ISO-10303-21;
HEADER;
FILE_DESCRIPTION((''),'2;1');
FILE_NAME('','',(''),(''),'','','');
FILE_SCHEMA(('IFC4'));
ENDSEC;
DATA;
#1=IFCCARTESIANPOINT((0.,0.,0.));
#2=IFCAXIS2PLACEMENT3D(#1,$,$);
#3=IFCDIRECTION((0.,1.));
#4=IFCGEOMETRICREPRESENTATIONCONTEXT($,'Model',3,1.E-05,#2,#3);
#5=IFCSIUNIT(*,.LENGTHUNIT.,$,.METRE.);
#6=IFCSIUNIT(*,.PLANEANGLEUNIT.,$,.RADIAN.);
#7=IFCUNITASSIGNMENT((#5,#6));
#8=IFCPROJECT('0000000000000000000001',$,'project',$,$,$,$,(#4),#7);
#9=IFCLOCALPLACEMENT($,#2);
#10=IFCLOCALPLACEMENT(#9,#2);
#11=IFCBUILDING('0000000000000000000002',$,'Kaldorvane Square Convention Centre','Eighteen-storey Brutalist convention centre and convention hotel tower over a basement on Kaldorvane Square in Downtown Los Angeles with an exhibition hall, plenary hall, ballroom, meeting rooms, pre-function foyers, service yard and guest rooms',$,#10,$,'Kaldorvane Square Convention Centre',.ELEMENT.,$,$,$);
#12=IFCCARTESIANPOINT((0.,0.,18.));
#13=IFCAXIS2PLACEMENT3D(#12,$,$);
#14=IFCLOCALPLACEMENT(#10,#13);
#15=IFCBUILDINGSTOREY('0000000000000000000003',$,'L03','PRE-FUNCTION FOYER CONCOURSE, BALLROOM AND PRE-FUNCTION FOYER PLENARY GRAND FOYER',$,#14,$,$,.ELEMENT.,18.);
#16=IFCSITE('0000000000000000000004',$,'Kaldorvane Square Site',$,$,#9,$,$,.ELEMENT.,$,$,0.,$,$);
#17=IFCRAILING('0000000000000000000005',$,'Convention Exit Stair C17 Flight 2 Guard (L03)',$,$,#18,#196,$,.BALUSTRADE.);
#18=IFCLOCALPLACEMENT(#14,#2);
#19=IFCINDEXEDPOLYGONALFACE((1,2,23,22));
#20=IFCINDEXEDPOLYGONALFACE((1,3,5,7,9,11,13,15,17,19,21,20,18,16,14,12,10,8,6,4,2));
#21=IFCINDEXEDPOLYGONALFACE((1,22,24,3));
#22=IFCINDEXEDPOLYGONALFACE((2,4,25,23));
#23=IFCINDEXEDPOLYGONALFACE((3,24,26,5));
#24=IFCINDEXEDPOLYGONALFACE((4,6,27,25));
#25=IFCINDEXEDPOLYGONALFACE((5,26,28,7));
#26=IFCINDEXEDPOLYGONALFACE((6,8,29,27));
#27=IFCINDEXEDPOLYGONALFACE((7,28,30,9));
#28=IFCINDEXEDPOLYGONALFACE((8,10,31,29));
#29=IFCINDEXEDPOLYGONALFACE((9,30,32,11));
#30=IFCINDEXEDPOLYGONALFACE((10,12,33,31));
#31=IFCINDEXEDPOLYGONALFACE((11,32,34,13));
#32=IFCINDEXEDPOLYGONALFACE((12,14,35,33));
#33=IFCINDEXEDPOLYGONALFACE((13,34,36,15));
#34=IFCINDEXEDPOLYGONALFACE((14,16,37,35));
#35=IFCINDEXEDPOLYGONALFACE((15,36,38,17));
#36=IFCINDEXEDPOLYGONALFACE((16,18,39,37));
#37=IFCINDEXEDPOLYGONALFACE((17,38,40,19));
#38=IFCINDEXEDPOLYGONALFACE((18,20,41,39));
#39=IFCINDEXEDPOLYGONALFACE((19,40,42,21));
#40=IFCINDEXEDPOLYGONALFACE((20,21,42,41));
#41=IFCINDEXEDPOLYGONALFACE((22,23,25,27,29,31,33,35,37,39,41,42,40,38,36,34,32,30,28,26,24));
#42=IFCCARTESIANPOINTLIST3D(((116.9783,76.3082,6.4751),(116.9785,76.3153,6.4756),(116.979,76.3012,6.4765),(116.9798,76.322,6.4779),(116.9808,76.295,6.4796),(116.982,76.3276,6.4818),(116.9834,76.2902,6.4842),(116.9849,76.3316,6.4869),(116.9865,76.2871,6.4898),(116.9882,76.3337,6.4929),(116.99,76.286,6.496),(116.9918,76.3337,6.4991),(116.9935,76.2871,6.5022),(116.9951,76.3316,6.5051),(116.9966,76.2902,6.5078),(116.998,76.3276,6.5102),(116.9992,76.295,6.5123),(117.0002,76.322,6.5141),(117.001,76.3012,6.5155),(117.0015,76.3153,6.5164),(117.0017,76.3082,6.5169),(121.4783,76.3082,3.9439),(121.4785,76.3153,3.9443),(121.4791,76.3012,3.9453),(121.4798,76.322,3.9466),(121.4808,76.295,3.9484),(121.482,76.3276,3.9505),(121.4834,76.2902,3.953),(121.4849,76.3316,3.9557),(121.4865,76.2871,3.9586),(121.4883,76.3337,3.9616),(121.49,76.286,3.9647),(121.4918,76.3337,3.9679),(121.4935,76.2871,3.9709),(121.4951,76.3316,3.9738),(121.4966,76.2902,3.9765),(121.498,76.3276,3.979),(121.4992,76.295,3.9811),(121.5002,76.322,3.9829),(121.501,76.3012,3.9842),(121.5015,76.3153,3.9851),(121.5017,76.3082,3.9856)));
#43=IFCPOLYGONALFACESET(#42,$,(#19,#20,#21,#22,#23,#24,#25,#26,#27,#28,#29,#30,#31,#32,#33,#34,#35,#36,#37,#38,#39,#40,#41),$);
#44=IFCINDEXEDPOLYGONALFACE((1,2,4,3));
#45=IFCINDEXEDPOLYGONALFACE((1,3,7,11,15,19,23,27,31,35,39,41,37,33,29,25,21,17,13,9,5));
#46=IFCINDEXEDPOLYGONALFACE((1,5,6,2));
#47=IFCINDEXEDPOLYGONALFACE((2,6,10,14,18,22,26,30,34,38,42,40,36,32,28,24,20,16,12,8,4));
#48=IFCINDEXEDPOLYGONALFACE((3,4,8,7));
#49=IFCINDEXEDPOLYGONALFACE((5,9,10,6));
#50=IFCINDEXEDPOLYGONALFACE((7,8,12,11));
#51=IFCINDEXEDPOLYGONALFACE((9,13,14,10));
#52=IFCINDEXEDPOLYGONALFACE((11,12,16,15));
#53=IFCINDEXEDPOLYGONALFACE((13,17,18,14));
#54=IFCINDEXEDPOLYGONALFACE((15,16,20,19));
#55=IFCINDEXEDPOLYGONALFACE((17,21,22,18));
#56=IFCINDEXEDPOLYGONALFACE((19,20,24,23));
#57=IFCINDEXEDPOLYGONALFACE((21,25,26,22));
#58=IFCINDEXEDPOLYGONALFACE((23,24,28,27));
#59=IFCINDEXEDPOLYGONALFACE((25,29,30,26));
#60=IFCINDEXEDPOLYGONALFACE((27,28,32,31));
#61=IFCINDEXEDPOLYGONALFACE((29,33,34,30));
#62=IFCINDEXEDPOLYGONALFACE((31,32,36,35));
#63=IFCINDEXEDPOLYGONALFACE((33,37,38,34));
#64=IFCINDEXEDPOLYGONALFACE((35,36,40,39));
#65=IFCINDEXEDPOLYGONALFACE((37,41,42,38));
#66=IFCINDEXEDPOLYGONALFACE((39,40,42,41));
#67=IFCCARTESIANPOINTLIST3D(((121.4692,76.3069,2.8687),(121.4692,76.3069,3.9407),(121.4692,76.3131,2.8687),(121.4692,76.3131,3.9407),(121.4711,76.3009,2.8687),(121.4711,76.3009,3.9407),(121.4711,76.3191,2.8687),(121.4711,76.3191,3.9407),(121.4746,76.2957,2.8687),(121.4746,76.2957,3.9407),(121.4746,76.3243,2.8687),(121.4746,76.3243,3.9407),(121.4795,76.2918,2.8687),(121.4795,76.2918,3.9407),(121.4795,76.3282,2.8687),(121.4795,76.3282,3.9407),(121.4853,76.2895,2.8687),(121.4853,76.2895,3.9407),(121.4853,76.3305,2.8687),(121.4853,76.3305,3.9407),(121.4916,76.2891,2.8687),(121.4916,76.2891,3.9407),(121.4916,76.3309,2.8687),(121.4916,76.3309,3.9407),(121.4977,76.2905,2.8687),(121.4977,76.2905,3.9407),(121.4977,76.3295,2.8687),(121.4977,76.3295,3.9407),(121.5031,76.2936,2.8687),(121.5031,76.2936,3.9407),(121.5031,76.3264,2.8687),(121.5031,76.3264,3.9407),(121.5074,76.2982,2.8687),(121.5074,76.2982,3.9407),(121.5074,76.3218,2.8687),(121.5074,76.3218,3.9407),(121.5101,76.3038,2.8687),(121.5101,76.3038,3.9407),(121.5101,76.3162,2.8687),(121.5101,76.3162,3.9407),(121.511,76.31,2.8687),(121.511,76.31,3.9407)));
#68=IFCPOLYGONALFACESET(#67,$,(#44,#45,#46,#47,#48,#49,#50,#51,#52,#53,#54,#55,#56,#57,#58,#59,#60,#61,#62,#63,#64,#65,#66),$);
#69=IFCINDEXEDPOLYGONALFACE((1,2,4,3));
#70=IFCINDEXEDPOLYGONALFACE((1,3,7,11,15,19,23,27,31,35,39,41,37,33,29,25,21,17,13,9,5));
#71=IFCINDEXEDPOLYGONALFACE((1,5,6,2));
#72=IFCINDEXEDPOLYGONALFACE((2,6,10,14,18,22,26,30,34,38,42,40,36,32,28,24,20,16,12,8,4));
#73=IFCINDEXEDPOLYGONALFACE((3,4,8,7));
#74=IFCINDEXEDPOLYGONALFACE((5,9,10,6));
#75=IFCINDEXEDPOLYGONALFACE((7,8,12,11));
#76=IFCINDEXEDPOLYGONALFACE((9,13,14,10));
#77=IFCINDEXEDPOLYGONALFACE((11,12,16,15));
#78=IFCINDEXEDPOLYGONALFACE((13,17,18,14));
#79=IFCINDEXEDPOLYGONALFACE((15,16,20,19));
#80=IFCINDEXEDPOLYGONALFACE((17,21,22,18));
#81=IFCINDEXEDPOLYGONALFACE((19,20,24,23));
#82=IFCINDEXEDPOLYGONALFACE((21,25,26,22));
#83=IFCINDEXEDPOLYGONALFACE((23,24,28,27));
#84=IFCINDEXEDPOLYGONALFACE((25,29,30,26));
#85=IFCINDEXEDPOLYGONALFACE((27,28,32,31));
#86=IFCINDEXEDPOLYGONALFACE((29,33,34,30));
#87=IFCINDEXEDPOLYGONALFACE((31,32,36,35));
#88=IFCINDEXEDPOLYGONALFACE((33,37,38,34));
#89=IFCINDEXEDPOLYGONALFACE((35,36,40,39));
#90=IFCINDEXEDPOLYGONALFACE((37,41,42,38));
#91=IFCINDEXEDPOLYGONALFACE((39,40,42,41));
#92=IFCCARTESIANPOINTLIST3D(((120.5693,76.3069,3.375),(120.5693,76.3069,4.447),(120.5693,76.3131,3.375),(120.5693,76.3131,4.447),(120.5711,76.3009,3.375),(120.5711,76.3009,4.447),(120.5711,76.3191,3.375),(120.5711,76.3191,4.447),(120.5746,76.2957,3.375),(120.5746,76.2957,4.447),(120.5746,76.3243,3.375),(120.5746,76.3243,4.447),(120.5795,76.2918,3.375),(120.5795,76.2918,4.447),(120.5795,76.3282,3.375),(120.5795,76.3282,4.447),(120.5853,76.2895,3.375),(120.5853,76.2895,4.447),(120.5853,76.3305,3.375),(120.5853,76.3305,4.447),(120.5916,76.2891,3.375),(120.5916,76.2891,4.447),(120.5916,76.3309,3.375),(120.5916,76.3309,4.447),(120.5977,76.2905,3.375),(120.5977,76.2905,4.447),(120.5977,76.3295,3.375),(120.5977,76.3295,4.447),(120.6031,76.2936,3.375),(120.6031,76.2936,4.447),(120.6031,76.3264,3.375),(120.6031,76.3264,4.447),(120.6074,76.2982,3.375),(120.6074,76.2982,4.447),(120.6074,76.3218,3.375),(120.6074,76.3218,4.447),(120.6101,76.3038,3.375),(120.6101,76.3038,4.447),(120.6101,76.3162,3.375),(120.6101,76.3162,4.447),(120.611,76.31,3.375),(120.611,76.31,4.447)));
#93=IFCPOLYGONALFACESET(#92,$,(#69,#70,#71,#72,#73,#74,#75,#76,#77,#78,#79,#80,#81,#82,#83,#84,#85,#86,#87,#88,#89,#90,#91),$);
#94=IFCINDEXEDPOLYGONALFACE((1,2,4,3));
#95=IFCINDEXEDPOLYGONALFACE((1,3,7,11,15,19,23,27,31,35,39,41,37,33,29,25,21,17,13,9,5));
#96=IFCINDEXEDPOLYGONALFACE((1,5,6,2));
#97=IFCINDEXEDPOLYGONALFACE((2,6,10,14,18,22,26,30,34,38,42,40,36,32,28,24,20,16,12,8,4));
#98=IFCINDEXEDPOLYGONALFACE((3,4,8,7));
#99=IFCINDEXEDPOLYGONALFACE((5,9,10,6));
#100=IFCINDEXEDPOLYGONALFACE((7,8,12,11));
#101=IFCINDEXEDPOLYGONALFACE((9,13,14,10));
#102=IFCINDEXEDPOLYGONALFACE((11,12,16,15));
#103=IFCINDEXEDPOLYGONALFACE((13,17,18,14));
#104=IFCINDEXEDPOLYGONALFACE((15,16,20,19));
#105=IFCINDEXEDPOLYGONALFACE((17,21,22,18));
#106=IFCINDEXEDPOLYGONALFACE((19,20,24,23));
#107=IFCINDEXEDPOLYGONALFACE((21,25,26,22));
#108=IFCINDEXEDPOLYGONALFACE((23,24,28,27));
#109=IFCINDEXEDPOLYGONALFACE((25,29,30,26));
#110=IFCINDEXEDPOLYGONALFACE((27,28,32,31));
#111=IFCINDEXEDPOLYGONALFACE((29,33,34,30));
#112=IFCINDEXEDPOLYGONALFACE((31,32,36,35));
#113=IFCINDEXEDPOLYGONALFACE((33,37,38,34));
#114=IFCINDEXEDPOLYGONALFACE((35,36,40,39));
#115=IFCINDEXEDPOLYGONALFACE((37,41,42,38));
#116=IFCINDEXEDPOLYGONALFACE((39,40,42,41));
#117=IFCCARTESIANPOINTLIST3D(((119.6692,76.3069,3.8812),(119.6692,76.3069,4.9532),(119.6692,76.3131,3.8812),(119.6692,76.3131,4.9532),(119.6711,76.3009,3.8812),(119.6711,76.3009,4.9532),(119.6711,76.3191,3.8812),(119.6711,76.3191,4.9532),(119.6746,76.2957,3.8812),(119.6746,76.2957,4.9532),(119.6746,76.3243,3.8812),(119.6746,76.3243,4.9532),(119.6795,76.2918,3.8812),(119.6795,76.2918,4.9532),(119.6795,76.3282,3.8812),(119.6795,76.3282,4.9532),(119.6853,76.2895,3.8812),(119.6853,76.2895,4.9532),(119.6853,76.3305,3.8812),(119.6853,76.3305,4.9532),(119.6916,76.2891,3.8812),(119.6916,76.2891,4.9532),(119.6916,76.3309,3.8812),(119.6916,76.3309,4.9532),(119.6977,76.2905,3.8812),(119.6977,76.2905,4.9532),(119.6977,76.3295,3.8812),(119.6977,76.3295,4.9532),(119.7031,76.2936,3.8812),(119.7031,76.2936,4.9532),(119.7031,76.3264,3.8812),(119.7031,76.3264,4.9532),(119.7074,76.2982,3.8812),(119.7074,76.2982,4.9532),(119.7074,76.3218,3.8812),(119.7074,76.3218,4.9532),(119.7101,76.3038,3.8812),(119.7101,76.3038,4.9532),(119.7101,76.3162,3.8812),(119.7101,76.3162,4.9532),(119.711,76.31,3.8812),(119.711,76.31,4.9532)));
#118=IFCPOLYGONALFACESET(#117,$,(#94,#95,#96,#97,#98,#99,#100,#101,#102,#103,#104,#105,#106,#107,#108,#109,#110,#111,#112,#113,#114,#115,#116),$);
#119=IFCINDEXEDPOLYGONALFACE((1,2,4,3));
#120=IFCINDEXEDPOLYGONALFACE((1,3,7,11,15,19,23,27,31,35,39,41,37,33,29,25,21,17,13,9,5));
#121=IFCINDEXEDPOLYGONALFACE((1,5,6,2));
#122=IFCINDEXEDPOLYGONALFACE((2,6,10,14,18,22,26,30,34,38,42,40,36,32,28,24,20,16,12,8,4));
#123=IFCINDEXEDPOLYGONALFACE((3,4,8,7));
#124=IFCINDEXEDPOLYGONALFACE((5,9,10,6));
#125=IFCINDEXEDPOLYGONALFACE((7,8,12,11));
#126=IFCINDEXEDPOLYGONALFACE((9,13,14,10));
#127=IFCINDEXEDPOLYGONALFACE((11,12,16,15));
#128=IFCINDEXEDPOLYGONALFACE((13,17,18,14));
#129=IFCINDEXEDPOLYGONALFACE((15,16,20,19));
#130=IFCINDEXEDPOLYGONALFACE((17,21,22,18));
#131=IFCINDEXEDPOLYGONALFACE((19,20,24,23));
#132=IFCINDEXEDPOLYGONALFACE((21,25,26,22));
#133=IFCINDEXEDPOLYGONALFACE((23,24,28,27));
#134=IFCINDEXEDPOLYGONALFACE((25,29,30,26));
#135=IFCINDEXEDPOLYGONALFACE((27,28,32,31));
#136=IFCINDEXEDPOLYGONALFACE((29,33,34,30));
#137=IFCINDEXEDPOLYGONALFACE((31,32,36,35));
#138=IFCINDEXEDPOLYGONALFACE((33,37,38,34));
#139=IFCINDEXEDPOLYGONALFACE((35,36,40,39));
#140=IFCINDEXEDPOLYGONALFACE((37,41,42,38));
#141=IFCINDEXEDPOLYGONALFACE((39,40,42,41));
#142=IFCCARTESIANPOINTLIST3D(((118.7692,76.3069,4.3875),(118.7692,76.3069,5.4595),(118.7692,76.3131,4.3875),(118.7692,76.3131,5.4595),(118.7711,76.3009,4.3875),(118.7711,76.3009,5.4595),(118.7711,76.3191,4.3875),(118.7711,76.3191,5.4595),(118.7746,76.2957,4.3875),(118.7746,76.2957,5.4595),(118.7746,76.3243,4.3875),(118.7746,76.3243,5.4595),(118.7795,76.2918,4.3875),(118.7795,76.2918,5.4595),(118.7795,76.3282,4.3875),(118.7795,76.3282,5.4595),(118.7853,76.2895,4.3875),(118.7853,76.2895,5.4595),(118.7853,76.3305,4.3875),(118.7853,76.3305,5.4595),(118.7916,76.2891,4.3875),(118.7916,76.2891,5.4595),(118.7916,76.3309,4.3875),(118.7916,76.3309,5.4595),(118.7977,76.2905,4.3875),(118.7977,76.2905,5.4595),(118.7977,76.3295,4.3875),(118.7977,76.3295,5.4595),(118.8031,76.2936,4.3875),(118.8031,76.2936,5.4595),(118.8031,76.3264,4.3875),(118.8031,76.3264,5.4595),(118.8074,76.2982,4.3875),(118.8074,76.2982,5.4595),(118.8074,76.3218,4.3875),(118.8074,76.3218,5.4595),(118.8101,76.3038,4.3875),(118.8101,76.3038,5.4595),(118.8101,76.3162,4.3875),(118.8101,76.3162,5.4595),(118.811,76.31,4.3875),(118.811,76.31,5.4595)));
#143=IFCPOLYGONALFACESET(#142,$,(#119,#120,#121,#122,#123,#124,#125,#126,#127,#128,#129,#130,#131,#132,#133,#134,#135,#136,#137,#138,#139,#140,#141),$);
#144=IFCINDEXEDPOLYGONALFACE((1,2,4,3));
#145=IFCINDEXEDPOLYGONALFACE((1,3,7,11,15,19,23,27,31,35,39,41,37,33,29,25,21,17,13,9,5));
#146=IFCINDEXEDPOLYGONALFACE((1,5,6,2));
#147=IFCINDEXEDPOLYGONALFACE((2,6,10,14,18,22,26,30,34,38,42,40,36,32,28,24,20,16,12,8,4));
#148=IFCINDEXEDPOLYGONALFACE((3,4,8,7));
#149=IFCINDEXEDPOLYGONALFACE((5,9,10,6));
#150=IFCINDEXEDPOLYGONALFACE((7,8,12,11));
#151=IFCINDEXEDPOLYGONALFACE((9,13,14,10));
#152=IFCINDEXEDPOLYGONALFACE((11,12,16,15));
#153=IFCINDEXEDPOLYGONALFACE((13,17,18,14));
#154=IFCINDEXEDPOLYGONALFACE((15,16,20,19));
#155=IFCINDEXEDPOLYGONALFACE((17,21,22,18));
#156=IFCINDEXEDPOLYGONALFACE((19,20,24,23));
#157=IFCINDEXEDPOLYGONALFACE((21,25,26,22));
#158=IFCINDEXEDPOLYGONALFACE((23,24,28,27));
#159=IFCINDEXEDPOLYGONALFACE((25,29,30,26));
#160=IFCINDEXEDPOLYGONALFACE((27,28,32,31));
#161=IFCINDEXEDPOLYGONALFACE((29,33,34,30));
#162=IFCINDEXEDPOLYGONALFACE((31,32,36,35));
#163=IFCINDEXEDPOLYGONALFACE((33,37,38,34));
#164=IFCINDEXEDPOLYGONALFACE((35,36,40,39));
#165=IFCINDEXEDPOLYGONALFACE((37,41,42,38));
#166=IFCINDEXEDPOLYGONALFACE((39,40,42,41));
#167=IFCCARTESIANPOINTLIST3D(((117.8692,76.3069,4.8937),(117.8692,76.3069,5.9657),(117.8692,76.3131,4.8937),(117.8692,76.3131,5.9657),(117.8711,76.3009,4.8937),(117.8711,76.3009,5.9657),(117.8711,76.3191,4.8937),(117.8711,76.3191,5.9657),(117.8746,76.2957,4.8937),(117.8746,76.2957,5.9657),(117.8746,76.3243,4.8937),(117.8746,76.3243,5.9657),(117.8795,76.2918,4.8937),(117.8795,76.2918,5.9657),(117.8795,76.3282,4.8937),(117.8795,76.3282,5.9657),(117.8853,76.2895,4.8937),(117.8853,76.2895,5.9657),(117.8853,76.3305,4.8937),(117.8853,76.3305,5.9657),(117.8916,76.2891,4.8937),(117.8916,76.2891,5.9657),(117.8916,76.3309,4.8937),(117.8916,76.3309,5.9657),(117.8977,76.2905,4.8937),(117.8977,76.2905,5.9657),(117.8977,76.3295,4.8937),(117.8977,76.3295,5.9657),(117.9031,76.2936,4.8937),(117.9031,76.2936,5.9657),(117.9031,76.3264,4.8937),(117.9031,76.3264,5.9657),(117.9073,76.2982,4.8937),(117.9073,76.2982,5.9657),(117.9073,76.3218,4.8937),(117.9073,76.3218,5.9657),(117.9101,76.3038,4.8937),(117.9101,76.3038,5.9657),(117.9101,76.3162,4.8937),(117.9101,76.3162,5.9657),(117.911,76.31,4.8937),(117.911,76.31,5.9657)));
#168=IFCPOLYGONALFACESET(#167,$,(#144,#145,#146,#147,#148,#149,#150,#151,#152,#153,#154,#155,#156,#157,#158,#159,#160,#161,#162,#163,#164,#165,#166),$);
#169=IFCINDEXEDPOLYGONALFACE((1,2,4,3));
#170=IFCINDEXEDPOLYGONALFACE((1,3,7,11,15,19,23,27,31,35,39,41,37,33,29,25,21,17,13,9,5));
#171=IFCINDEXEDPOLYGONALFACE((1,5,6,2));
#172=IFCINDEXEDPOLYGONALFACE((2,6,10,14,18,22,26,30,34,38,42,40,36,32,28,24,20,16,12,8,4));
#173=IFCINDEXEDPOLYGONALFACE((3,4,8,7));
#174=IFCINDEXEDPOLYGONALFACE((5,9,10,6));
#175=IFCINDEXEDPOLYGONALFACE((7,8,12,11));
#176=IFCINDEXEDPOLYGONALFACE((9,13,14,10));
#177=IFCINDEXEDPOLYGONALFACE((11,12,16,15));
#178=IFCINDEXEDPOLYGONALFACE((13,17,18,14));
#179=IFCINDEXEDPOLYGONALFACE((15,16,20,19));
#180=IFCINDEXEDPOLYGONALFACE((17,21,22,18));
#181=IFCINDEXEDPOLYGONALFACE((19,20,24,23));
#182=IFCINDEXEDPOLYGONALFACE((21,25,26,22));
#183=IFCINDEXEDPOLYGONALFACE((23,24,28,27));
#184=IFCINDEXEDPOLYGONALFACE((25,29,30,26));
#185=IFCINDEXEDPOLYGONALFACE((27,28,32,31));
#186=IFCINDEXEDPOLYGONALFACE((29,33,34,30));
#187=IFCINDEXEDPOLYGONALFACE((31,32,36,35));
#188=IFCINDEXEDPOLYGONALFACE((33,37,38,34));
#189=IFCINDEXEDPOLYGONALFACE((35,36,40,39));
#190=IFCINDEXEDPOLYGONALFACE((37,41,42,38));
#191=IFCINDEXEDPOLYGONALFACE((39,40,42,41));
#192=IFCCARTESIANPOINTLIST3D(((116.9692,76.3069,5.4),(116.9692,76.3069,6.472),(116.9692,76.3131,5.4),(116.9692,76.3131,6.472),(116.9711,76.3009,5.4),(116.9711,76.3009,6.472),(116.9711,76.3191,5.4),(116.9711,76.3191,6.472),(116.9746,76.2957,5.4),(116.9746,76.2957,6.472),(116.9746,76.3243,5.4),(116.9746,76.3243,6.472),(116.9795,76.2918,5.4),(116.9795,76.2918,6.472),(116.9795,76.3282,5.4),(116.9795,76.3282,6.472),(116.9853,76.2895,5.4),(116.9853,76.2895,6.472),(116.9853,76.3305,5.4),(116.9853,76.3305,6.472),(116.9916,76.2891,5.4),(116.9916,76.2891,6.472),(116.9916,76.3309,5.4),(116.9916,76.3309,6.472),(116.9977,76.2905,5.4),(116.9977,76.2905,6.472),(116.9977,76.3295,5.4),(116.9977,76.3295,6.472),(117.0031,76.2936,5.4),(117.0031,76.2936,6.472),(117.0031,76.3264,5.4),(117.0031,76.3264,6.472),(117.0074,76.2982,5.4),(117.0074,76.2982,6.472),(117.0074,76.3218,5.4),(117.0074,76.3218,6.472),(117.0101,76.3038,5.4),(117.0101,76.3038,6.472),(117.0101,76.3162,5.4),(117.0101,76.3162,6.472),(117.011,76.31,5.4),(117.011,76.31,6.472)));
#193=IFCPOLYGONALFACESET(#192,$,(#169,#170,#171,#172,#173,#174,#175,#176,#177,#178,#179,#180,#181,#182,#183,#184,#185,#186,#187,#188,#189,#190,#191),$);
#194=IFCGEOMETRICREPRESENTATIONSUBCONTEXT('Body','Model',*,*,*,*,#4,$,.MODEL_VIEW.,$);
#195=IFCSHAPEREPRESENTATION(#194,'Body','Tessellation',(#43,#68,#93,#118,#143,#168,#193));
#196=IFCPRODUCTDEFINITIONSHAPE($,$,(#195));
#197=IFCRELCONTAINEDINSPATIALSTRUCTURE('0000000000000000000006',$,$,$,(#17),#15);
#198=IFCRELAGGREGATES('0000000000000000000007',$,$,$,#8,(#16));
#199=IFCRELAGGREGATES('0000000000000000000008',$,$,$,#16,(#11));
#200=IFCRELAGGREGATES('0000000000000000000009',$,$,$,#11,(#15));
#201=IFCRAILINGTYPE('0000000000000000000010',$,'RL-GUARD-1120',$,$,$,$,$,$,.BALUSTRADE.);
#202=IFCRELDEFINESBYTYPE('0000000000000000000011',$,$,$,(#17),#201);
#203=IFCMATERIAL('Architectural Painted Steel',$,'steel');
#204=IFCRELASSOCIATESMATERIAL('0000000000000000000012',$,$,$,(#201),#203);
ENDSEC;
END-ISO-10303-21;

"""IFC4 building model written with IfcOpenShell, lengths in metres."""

from ifc_helpers import new_model, si_unit, direction, frame, origin, origin_2d, place, context, subcontext, project, spatial, circle, extrude, material, type_object, element, save


model = new_model("IFC4")

# Units and contexts
model_context = context("Model", 3, precision=1e-05, world=origin(), true_north=direction((0.0, 1.0)))
body_context = subcontext(model_context, "Body", "Model", "MODEL_VIEW")
ifc_project = project(units=[si_unit("LENGTHUNIT", "METRE"), si_unit("PLANEANGLEUNIT", "RADIAN")], contexts=[model_context])

# Site, building, storey
site_placement = place(None, origin())
site = spatial("IfcSite", under=ifc_project, at=site_placement, Name="Kaldorvane Square Site", CompositionType="ELEMENT", RefElevation=0.0)
building_placement = place(site_placement, origin())
building = spatial("IfcBuilding", under=site, at=building_placement, Name="Kaldorvane Square Convention Centre", Description="Eighteen-storey Brutalist convention centre and convention hotel tower over a basement on Kaldorvane Square in Downtown Los Angeles with an exhibition hall, plenary hall, ballroom, meeting rooms, pre-function foyers, service yard and guest rooms", LongName="Kaldorvane Square Convention Centre", CompositionType="ELEMENT")
storey_placement = place(building_placement, frame((0.0, 0.0, 18.0)))
storey = spatial("IfcBuildingStorey", under=building, at=storey_placement, Name="L03", Description="PRE-FUNCTION FOYER CONCOURSE, BALLROOM AND PRE-FUNCTION FOYER PLENARY GRAND FOYER", CompositionType="ELEMENT", Elevation=18.0)

# Railing
ifc_material_1 = material(Name="Architectural Painted Steel", Category="steel")
railing_type_1 = type_object("IfcRailingType", Name="RL-GUARD-1120", PredefinedType="BALUSTRADE", material=ifc_material_1)
railing_1_placement = place(storey_placement, frame((121.49, 76.31, 2.8687)))
element("IfcRailing", 1, at=railing_1_placement, inside=storey, type_object=railing_type_1, Name="Convention Exit Stair C17 Flight 2 Guard (L03)", PredefinedType="BALUSTRADE", context=body_context, shape_type="SweptSolid", body=[
    extrude(circle(Radius=0.024, at=origin_2d()), frame((0.0, 0.0, 1.096), z_axis=(-0.871576, 0.0, 0.490261), x_axis=(0.0, -1.0, 0.0)), (0.0, 0.0, 1.0), 5.1631),
    extrude(circle(Radius=0.021, at=origin_2d()), origin(), (0.0, 0.0, 1.0), 1.072),
    extrude(circle(Radius=0.021, at=origin_2d()), frame((-0.9, 0.0, 0.5063)), (0.0, 0.0, 1.0), 1.072),
    extrude(circle(Radius=0.021, at=origin_2d()), frame((-1.8, 0.0, 1.0125)), (0.0, 0.0, 1.0), 1.072),
    extrude(circle(Radius=0.021, at=origin_2d()), frame((-2.7, 0.0, 1.5188)), (0.0, 0.0, 1.0), 1.072),
    extrude(circle(Radius=0.021, at=origin_2d()), frame((-3.6, 0.0, 2.025)), (0.0, 0.0, 1.0), 1.072),
    extrude(circle(Radius=0.021, at=origin_2d()), frame((-4.5, 0.0, 2.5312)), (0.0, 0.0, 1.0), 1.072),
])

save(model, "model.ifc")
